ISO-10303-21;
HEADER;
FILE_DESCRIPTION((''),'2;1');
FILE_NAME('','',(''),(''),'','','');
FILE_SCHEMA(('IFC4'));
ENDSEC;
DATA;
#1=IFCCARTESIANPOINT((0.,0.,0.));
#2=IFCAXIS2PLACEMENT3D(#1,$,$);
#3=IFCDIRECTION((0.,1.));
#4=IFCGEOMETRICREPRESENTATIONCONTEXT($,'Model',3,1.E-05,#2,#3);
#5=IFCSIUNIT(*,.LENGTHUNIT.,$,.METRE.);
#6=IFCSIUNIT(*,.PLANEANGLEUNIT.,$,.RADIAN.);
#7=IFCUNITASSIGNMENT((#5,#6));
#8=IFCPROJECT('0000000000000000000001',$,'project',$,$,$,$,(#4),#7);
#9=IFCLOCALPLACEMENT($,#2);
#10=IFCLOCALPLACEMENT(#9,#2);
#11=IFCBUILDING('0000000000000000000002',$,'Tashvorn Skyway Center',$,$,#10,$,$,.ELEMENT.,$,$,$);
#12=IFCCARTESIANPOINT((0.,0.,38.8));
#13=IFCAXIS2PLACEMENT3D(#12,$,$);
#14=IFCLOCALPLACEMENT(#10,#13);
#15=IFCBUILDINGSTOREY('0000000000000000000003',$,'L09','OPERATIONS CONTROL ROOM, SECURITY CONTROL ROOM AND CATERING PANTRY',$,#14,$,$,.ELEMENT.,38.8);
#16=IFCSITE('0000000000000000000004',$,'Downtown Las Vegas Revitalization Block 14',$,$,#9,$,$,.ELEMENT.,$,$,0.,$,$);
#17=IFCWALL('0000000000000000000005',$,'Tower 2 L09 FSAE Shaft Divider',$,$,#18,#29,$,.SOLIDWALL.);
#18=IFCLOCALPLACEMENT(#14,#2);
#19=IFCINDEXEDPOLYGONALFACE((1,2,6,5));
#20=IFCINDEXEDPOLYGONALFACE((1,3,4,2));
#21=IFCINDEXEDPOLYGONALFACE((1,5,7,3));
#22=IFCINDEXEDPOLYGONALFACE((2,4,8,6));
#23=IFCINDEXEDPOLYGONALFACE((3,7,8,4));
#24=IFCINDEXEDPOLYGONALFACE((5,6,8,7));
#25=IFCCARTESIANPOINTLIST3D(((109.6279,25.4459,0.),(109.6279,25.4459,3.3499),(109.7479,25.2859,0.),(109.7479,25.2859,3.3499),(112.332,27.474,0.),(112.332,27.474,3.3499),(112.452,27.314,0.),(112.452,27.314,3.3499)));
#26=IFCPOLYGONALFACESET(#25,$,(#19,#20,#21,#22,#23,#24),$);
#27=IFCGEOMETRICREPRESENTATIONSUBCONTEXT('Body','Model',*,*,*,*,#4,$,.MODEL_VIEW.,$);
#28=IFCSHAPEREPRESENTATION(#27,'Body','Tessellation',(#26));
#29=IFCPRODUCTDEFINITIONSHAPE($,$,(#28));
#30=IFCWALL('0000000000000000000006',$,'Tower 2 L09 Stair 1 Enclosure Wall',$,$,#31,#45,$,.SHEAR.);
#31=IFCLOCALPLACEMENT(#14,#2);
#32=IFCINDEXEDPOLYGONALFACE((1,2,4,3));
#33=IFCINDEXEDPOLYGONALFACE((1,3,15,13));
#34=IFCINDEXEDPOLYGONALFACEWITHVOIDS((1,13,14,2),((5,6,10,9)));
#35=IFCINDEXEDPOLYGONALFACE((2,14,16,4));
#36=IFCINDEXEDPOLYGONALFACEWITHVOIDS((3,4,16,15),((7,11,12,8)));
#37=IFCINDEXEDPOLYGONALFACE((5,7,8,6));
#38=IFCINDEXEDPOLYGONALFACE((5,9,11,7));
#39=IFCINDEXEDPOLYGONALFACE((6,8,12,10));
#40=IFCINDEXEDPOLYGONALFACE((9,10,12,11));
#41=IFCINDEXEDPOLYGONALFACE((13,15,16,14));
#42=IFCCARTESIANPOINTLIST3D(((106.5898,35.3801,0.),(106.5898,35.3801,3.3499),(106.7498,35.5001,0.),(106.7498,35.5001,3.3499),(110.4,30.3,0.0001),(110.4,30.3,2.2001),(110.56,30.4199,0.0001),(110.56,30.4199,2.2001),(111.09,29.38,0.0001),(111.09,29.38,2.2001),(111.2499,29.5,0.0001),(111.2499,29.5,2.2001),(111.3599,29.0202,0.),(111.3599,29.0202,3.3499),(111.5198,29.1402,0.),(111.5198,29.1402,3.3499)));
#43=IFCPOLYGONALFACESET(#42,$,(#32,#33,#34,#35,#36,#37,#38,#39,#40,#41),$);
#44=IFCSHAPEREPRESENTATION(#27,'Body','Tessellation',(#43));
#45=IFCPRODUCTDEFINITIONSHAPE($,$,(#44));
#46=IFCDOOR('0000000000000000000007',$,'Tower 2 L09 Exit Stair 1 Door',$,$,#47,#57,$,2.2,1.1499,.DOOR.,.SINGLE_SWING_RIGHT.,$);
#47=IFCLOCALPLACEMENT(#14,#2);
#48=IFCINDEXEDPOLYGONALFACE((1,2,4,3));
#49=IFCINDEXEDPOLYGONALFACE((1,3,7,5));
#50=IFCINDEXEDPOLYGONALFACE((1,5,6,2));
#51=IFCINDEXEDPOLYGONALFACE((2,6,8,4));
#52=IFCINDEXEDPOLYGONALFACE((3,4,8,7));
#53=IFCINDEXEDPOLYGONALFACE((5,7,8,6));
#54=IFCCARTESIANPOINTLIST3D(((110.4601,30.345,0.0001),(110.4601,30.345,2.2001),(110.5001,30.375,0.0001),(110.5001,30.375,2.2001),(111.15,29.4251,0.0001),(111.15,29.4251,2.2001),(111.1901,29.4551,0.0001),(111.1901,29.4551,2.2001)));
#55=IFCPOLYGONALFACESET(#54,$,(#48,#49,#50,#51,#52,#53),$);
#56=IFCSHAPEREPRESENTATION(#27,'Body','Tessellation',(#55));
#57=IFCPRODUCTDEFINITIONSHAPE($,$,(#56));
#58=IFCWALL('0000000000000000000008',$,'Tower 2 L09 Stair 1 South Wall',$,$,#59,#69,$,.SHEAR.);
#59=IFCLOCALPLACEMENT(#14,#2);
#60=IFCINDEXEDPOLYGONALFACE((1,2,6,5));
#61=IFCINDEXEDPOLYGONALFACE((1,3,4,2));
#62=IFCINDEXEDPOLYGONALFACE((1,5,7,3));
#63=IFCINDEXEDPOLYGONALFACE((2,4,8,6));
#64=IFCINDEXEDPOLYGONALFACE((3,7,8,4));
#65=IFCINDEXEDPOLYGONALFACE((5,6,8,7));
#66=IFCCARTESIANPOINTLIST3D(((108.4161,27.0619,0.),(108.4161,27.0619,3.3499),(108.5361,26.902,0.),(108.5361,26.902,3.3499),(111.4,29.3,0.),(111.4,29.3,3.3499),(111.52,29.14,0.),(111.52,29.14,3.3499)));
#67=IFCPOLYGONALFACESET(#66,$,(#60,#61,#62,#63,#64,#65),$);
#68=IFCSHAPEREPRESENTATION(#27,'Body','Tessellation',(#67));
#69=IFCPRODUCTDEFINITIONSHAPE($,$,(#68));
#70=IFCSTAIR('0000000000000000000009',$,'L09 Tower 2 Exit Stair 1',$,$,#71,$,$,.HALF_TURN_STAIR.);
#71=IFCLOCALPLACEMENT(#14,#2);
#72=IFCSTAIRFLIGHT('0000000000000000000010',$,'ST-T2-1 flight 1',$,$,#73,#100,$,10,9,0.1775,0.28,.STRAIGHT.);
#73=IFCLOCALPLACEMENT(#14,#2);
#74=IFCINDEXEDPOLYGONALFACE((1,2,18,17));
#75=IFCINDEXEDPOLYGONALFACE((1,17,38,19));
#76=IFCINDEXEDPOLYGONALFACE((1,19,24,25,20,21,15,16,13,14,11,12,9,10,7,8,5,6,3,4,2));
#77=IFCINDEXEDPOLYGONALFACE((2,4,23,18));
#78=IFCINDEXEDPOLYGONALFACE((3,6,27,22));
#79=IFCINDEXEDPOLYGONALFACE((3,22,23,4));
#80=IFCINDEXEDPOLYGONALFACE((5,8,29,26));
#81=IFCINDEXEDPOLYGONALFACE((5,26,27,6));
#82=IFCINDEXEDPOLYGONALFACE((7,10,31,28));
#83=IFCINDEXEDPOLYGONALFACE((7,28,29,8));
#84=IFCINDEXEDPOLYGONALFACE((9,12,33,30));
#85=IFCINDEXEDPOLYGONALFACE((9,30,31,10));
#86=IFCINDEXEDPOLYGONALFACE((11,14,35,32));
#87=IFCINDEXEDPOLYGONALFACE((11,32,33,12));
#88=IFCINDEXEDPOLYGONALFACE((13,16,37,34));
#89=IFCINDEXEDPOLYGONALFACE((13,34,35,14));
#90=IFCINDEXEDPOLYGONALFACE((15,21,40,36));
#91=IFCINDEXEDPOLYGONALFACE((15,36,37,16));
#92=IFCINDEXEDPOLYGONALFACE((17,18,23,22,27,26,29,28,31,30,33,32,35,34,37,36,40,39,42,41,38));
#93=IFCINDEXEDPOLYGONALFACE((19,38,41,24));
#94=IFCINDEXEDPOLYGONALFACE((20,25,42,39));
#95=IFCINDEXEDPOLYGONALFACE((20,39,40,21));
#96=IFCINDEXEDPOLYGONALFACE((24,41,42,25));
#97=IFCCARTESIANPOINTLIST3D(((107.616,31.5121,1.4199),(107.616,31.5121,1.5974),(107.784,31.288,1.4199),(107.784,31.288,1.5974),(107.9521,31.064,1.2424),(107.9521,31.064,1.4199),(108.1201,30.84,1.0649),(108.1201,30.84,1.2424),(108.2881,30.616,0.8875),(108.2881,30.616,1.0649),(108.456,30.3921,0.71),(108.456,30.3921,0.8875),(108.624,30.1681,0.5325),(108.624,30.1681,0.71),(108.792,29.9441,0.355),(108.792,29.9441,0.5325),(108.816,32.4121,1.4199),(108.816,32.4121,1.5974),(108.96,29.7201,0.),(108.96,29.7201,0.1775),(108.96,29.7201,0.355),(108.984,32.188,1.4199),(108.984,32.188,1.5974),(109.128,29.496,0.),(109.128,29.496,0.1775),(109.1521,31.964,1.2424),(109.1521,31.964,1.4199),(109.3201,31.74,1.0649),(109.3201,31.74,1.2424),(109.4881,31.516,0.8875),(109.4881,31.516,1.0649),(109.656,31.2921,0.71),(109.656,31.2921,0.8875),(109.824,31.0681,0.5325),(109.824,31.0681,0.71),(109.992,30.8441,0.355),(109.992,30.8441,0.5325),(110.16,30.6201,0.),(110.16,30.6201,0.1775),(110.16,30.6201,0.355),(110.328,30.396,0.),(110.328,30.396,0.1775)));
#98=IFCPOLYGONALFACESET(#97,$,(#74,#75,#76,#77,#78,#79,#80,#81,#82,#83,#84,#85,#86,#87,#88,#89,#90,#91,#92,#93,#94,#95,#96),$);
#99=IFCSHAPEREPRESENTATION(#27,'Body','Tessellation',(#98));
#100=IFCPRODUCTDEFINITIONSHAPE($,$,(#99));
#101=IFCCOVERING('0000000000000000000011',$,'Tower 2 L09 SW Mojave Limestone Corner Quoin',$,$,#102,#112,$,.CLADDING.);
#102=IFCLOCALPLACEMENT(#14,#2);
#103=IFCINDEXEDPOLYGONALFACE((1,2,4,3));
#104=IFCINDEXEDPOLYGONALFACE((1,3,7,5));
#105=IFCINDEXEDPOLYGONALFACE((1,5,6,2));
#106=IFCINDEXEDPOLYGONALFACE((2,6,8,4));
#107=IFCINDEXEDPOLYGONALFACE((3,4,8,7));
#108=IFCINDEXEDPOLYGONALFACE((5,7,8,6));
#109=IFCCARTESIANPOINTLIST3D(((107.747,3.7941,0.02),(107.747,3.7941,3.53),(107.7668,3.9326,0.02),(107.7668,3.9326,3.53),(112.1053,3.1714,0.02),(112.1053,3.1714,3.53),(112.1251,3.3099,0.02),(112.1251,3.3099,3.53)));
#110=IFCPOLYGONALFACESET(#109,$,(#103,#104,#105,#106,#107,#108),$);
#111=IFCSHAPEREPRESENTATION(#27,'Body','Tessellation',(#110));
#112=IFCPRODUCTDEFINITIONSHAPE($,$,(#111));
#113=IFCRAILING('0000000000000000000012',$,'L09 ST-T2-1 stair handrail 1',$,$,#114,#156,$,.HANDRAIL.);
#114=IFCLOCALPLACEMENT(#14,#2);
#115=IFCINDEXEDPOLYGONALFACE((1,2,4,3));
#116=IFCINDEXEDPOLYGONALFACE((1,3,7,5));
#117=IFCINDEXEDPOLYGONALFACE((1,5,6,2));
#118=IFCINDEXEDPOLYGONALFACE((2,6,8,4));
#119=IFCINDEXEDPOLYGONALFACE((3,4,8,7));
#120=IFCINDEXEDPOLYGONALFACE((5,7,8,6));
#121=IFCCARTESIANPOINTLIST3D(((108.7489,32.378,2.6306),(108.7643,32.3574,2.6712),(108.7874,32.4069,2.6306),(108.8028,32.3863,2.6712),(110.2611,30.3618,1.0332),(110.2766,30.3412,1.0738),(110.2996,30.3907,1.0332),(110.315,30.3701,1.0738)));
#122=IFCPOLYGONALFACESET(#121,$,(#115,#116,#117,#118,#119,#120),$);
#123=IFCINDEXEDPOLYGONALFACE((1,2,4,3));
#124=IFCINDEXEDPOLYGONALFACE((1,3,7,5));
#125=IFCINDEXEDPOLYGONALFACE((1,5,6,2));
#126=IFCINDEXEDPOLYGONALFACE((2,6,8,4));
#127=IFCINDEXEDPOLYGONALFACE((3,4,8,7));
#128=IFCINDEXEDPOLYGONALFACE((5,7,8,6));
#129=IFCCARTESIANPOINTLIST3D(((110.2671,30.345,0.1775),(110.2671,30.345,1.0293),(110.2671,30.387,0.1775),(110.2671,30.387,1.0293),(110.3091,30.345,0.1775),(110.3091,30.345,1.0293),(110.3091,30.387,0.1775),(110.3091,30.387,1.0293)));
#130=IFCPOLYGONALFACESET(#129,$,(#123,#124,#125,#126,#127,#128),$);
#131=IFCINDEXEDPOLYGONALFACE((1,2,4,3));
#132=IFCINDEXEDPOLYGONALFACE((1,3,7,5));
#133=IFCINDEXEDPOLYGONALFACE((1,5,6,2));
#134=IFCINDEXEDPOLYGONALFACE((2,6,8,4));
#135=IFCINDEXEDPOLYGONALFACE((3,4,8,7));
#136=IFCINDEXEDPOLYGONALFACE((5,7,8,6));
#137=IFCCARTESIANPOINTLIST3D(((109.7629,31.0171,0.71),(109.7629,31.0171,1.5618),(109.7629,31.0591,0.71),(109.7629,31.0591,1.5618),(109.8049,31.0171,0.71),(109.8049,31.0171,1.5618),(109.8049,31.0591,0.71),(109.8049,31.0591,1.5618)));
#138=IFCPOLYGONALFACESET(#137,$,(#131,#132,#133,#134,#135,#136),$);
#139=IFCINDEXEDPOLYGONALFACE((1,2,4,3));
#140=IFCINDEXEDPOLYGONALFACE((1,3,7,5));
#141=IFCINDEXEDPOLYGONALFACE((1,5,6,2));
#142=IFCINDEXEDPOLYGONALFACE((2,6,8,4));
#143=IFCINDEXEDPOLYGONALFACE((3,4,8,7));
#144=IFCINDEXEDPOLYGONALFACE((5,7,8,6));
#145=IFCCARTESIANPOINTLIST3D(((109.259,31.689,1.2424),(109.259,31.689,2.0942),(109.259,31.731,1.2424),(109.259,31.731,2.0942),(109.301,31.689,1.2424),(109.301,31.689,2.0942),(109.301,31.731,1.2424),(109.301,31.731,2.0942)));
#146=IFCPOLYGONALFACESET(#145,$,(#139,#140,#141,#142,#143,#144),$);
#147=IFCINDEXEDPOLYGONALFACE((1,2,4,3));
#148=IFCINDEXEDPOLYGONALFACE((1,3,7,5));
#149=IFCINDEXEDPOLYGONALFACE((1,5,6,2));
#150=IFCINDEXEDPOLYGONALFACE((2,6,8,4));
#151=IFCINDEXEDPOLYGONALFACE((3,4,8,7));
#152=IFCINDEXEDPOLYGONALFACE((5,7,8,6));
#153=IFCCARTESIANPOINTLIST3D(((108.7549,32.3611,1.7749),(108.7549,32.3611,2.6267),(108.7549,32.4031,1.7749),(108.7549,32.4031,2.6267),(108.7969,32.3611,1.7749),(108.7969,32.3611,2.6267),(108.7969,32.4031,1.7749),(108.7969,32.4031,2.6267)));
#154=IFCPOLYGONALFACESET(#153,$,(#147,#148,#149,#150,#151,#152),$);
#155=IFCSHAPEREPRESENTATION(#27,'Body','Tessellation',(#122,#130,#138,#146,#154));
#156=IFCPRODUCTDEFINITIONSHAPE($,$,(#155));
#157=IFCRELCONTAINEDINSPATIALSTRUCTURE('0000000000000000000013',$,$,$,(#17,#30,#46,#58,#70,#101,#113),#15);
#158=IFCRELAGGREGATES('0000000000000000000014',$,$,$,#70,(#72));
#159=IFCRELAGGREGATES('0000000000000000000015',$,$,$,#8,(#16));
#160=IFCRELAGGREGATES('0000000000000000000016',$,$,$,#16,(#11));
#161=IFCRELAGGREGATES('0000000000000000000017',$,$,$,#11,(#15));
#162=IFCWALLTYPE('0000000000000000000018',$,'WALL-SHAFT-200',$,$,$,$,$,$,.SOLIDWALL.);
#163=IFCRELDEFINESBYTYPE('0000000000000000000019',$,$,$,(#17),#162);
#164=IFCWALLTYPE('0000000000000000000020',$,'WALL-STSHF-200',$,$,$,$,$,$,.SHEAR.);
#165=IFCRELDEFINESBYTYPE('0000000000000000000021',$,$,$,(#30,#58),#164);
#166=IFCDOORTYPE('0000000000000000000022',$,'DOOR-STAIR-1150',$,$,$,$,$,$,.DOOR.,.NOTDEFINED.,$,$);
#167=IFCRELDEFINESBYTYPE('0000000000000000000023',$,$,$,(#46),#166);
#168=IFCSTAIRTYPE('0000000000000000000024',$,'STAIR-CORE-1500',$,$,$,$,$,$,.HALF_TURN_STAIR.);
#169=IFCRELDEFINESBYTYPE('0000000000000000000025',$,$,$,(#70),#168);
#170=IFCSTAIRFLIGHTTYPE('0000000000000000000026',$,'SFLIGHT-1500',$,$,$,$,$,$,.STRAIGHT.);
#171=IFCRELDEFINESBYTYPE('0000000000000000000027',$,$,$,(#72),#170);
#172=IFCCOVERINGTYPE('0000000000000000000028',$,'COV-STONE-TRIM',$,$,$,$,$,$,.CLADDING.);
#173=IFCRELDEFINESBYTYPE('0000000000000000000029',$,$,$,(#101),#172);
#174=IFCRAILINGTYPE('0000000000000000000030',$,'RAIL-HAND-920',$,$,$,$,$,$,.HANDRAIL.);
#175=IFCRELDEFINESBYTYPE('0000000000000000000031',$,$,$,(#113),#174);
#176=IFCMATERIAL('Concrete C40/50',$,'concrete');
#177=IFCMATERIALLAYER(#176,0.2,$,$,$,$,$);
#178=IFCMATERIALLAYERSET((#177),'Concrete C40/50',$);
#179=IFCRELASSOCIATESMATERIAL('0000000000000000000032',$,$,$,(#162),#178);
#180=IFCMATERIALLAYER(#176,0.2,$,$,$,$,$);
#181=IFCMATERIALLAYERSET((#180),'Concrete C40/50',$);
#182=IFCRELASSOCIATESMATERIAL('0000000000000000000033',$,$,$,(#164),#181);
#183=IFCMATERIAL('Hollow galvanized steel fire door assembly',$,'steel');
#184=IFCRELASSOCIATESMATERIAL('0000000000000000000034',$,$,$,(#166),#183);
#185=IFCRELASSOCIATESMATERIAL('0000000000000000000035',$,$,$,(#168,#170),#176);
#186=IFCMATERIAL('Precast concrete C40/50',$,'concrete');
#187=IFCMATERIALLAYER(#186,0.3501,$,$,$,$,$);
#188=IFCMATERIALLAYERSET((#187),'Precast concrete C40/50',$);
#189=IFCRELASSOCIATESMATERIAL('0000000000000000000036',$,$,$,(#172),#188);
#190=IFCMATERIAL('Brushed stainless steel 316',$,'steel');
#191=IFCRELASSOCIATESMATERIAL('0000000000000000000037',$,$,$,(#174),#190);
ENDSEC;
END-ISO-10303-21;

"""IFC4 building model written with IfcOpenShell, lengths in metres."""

from ifc_helpers import new_model, si_unit, direction, frame, frame_2d, origin, origin_2d, place, context, subcontext, project, spatial, polyline, rectangle, outline, extrude, material, layer, layer_set, type_object, element, fill, aggregate, save


model = new_model("IFC4")

# Units and contexts
model_context = context("Model", 3, precision=1e-05, world=origin(), true_north=direction((0.0, 1.0)))
body_context = subcontext(model_context, "Body", "Model", "MODEL_VIEW")
ifc_project = project(units=[si_unit("LENGTHUNIT", "METRE"), si_unit("PLANEANGLEUNIT", "RADIAN")], contexts=[model_context])

# Site, building, storey
site_placement = place(None, origin())
site = spatial("IfcSite", under=ifc_project, at=site_placement, Name="Downtown Las Vegas Revitalization Block 14", CompositionType="ELEMENT", RefElevation=0.0)
building_placement = place(site_placement, origin())
building = spatial("IfcBuilding", under=site, at=building_placement, Name="Tashvorn Skyway Center", CompositionType="ELEMENT")
storey_placement = place(building_placement, frame((0.0, 0.0, 38.8)))
storey = spatial("IfcBuildingStorey", under=building, at=storey_placement, Name="L09", Description="OPERATIONS CONTROL ROOM, SECURITY CONTROL ROOM AND CATERING PANTRY", CompositionType="ELEMENT", Elevation=38.8)

# Shared definitions
ifc_material_1 = material(Name="Precast concrete C40/50", Category="concrete")

# Wall
ifc_material_2 = material(Name="Concrete C40/50", Category="concrete")
ifc_layer_1 = layer(ifc_material_2, 0.2)
ifc_layer_set_1 = layer_set([ifc_layer_1], Name="Concrete C40/50")
wall_type_1 = type_object("IfcWallType", Name="WALL-SHAFT-200", PredefinedType="SOLIDWALL", material=ifc_layer_set_1)
for number, where, z_axis, x_axis, name in (
    (1, (109.688, 25.366, 0.0), (0.0, 0.0, 1.0), (0.8, 0.6, 0.0), "Tower 2 L09 FSAE Shaft Divider"),
):
    element("IfcWall", number, at=place(storey_placement, frame(where, z_axis=z_axis, x_axis=x_axis)), inside=storey, type_object=wall_type_1, Name=name, PredefinedType="SOLIDWALL", context=body_context, shape_type="SweptSolid", body=[
        extrude(rectangle(XDim=3.3801, YDim=0.2, at=frame_2d((1.6899, 0.0))), origin(), (0.0, 0.0, 1.0), 3.3499),
    ])

# Wall, opening, door
ifc_layer_2 = layer(ifc_material_2, 0.2)
ifc_layer_set_2 = layer_set([ifc_layer_2], Name="Concrete C40/50")
wall_type_2 = type_object("IfcWallType", Name="WALL-STSHF-200", PredefinedType="SHEAR", material=ifc_layer_set_2)
wall_1_placement = place(storey_placement, frame((111.4399, 29.0801, 0.0), z_axis=(0.0, 0.0, 1.0), x_axis=(-0.60001, 0.799993, 0.0)))
wall_1 = element("IfcWall", 2, at=wall_1_placement, inside=storey, type_object=wall_type_2, Name="Tower 2 L09 Stair 1 Enclosure Wall", PredefinedType="SHEAR", context=body_context, shape_type="SweptSolid", body=[
    extrude(rectangle(XDim=7.95, YDim=0.2, at=frame_2d((3.9751, 0.0))), origin(), (0.0, 0.0, 1.0), 3.3499),
])
opening_1_placement = place(wall_1_placement, frame((0.45, 0.0, 0.0)))
opening_1 = element("IfcOpeningElement", 3, at=opening_1_placement, cuts=wall_1, PredefinedType="OPENING", context=body_context, shape_type="SweptSolid", body=[
    extrude(rectangle(XDim=1.1499, YDim=2.2, at=frame_2d((0.575, 1.1001))), frame((0.0, 0.1099, 0.0), z_axis=(0.0, -1.0, 0.0), x_axis=(1.0, 0.0, 0.0)), (0.0, 0.0, 1.0), 0.22),
])
ifc_material_3 = material(Name="Hollow galvanized steel fire door assembly", Category="steel")
door_type_1 = type_object("IfcDoorType", Name="DOOR-STAIR-1150", OperationType="NOTDEFINED", PredefinedType="DOOR", material=ifc_material_3)
door_1_placement = place(opening_1_placement, origin())
door_1 = element("IfcDoor", 4, at=door_1_placement, inside=storey, type_object=door_type_1, Name="Tower 2 L09 Exit Stair 1 Door", OperationType="SINGLE_SWING_RIGHT", OverallHeight=2.2, OverallWidth=1.1499, PredefinedType="DOOR", context=body_context, shape_type="SweptSolid", body=[
    extrude(rectangle(XDim=1.1499, YDim=2.2, at=frame_2d((0.575, 1.1001))), frame((0.0, 0.0249, 0.0), z_axis=(0.0, -1.0, 0.0), x_axis=(1.0, 0.0, 0.0)), (0.0, 0.0, 1.0), 0.05),
])
fill(opening_1, door_1)

# Wall
wall_2_placement = place(storey_placement, frame((108.4761, 26.9819, 0.0), z_axis=(0.0, 0.0, 1.0), x_axis=(0.799984, 0.600021, 0.0)))
element("IfcWall", 5, at=wall_2_placement, inside=storey, type_object=wall_type_2, Name="Tower 2 L09 Stair 1 South Wall", PredefinedType="SHEAR", context=body_context, shape_type="SweptSolid", body=[
    extrude(rectangle(XDim=3.73, YDim=0.2, at=frame_2d((1.865, 0.0))), origin(), (0.0, 0.0, 1.0), 3.3499),
])

# Stair, stair flight
stair_type = type_object("IfcStairType", Name="STAIR-CORE-1500", PredefinedType="HALF_TURN_STAIR", material=ifc_material_2)
stair_placement = place(storey_placement, origin())
stair = element("IfcStair", 6, at=stair_placement, inside=storey, type_object=stair_type, Name="L09 Tower 2 Exit Stair 1", PredefinedType="HALF_TURN_STAIR")
stair_flight_type = type_object("IfcStairFlightType", Name="SFLIGHT-1500", PredefinedType="STRAIGHT", material=ifc_material_2)
stair_flight_placement = place(storey_placement, frame((109.728, 29.946, 0.0), z_axis=(0.0, 0.0, 1.0), x_axis=(-0.6, 0.8, 0.0)))
stair_flight = element("IfcStairFlight", 7, at=stair_flight_placement, type_object=stair_flight_type, Name="ST-T2-1 flight 1", NumberOfRisers=10, NumberOfTreads=9, PredefinedType="STRAIGHT", RiserHeight=0.1775, TreadLength=0.28, context=body_context, shape_type="SweptSolid", body=[
    extrude(outline(polyline([(0.0, 0.0), (0.0, 0.1775), (0.28, 0.1775), (0.28, 0.355), (0.5601, 0.355), (0.5601, 0.5325), (0.8401, 0.5325), (0.8401, 0.71), (1.1201, 0.71), (1.1201, 0.8875), (1.3999, 0.8875), (1.3999, 1.0649), (1.6799, 1.0649), (1.6799, 1.2424), (1.96, 1.2424), (1.96, 1.4199), (2.24, 1.4199), (2.24, 1.5974), (2.52, 1.5974), (2.52, 1.7749), (2.52, 1.4199), (0.28, 0.0), (0.0, 0.0)])), frame((0.0, 0.75, 0.0), z_axis=(0.0, -1.0, 0.0), x_axis=(1.0, 0.0, 0.0)), (0.0, 0.0, 1.0), 1.5),
])
aggregate(stair, [stair_flight])

# Covering
ifc_layer_3 = layer(ifc_material_1, 0.3501)
ifc_layer_set_3 = layer_set([ifc_layer_3], Name="Precast concrete C40/50")
covering_type = type_object("IfcCoveringType", Name="COV-STONE-TRIM", PredefinedType="CLADDING", material=ifc_layer_set_3)
covering_placement = place(storey_placement, frame((109.936, 3.552, 0.02), z_axis=(0.0, 0.0, 1.0), x_axis=(-0.989949, 0.141421, 0.0)))
element("IfcCovering", 8, at=covering_placement, inside=storey, type_object=covering_type, Name="Tower 2 L09 SW Mojave Limestone Corner Quoin", PredefinedType="CLADDING", context=body_context, shape_type="SweptSolid", body=[
    extrude(rectangle(XDim=4.4026, YDim=0.1399, at=origin_2d()), origin(), (0.0, 0.0, 1.0), 3.51),
])

# Railing
ifc_material_4 = material(Name="Brushed stainless steel 316", Category="steel")
railing_type_1 = type_object("IfcRailingType", Name="RAIL-HAND-920", PredefinedType="HANDRAIL", material=ifc_material_4)
railing_1_placement = place(storey_placement, frame((110.2881, 30.366, 0.1775)))
element("IfcRailing", 9, at=railing_1_placement, inside=storey, type_object=railing_type_1, Name="L09 ST-T2-1 stair handrail 1", PredefinedType="HANDRAIL", context=body_context, shape_type="SweptSolid", body=[
    extrude(rectangle(XDim=0.0481, YDim=0.0481, at=origin_2d()), frame((0.0, 0.0, 0.876), z_axis=(-0.506802, 0.675681, 0.535357), x_axis=(-0.799977, -0.600031, 0.0)), (0.0, 0.0, 1.0), 2.9839),
    extrude(rectangle(XDim=0.042, YDim=0.042, at=origin_2d()), origin(), (0.0, 0.0, 1.0), 0.8518),
    extrude(rectangle(XDim=0.042, YDim=0.042, at=origin_2d()), frame((-0.5042, 0.6721, 0.5325)), (0.0, 0.0, 1.0), 0.8518),
    extrude(rectangle(XDim=0.042, YDim=0.042, at=origin_2d()), frame((-1.0081, 1.344, 1.0649)), (0.0, 0.0, 1.0), 0.8518),
    extrude(rectangle(XDim=0.042, YDim=0.042, at=origin_2d()), frame((-1.5122, 2.0161, 1.5974)), (0.0, 0.0, 1.0), 0.8518),
])

save(model, "model.ifc")
